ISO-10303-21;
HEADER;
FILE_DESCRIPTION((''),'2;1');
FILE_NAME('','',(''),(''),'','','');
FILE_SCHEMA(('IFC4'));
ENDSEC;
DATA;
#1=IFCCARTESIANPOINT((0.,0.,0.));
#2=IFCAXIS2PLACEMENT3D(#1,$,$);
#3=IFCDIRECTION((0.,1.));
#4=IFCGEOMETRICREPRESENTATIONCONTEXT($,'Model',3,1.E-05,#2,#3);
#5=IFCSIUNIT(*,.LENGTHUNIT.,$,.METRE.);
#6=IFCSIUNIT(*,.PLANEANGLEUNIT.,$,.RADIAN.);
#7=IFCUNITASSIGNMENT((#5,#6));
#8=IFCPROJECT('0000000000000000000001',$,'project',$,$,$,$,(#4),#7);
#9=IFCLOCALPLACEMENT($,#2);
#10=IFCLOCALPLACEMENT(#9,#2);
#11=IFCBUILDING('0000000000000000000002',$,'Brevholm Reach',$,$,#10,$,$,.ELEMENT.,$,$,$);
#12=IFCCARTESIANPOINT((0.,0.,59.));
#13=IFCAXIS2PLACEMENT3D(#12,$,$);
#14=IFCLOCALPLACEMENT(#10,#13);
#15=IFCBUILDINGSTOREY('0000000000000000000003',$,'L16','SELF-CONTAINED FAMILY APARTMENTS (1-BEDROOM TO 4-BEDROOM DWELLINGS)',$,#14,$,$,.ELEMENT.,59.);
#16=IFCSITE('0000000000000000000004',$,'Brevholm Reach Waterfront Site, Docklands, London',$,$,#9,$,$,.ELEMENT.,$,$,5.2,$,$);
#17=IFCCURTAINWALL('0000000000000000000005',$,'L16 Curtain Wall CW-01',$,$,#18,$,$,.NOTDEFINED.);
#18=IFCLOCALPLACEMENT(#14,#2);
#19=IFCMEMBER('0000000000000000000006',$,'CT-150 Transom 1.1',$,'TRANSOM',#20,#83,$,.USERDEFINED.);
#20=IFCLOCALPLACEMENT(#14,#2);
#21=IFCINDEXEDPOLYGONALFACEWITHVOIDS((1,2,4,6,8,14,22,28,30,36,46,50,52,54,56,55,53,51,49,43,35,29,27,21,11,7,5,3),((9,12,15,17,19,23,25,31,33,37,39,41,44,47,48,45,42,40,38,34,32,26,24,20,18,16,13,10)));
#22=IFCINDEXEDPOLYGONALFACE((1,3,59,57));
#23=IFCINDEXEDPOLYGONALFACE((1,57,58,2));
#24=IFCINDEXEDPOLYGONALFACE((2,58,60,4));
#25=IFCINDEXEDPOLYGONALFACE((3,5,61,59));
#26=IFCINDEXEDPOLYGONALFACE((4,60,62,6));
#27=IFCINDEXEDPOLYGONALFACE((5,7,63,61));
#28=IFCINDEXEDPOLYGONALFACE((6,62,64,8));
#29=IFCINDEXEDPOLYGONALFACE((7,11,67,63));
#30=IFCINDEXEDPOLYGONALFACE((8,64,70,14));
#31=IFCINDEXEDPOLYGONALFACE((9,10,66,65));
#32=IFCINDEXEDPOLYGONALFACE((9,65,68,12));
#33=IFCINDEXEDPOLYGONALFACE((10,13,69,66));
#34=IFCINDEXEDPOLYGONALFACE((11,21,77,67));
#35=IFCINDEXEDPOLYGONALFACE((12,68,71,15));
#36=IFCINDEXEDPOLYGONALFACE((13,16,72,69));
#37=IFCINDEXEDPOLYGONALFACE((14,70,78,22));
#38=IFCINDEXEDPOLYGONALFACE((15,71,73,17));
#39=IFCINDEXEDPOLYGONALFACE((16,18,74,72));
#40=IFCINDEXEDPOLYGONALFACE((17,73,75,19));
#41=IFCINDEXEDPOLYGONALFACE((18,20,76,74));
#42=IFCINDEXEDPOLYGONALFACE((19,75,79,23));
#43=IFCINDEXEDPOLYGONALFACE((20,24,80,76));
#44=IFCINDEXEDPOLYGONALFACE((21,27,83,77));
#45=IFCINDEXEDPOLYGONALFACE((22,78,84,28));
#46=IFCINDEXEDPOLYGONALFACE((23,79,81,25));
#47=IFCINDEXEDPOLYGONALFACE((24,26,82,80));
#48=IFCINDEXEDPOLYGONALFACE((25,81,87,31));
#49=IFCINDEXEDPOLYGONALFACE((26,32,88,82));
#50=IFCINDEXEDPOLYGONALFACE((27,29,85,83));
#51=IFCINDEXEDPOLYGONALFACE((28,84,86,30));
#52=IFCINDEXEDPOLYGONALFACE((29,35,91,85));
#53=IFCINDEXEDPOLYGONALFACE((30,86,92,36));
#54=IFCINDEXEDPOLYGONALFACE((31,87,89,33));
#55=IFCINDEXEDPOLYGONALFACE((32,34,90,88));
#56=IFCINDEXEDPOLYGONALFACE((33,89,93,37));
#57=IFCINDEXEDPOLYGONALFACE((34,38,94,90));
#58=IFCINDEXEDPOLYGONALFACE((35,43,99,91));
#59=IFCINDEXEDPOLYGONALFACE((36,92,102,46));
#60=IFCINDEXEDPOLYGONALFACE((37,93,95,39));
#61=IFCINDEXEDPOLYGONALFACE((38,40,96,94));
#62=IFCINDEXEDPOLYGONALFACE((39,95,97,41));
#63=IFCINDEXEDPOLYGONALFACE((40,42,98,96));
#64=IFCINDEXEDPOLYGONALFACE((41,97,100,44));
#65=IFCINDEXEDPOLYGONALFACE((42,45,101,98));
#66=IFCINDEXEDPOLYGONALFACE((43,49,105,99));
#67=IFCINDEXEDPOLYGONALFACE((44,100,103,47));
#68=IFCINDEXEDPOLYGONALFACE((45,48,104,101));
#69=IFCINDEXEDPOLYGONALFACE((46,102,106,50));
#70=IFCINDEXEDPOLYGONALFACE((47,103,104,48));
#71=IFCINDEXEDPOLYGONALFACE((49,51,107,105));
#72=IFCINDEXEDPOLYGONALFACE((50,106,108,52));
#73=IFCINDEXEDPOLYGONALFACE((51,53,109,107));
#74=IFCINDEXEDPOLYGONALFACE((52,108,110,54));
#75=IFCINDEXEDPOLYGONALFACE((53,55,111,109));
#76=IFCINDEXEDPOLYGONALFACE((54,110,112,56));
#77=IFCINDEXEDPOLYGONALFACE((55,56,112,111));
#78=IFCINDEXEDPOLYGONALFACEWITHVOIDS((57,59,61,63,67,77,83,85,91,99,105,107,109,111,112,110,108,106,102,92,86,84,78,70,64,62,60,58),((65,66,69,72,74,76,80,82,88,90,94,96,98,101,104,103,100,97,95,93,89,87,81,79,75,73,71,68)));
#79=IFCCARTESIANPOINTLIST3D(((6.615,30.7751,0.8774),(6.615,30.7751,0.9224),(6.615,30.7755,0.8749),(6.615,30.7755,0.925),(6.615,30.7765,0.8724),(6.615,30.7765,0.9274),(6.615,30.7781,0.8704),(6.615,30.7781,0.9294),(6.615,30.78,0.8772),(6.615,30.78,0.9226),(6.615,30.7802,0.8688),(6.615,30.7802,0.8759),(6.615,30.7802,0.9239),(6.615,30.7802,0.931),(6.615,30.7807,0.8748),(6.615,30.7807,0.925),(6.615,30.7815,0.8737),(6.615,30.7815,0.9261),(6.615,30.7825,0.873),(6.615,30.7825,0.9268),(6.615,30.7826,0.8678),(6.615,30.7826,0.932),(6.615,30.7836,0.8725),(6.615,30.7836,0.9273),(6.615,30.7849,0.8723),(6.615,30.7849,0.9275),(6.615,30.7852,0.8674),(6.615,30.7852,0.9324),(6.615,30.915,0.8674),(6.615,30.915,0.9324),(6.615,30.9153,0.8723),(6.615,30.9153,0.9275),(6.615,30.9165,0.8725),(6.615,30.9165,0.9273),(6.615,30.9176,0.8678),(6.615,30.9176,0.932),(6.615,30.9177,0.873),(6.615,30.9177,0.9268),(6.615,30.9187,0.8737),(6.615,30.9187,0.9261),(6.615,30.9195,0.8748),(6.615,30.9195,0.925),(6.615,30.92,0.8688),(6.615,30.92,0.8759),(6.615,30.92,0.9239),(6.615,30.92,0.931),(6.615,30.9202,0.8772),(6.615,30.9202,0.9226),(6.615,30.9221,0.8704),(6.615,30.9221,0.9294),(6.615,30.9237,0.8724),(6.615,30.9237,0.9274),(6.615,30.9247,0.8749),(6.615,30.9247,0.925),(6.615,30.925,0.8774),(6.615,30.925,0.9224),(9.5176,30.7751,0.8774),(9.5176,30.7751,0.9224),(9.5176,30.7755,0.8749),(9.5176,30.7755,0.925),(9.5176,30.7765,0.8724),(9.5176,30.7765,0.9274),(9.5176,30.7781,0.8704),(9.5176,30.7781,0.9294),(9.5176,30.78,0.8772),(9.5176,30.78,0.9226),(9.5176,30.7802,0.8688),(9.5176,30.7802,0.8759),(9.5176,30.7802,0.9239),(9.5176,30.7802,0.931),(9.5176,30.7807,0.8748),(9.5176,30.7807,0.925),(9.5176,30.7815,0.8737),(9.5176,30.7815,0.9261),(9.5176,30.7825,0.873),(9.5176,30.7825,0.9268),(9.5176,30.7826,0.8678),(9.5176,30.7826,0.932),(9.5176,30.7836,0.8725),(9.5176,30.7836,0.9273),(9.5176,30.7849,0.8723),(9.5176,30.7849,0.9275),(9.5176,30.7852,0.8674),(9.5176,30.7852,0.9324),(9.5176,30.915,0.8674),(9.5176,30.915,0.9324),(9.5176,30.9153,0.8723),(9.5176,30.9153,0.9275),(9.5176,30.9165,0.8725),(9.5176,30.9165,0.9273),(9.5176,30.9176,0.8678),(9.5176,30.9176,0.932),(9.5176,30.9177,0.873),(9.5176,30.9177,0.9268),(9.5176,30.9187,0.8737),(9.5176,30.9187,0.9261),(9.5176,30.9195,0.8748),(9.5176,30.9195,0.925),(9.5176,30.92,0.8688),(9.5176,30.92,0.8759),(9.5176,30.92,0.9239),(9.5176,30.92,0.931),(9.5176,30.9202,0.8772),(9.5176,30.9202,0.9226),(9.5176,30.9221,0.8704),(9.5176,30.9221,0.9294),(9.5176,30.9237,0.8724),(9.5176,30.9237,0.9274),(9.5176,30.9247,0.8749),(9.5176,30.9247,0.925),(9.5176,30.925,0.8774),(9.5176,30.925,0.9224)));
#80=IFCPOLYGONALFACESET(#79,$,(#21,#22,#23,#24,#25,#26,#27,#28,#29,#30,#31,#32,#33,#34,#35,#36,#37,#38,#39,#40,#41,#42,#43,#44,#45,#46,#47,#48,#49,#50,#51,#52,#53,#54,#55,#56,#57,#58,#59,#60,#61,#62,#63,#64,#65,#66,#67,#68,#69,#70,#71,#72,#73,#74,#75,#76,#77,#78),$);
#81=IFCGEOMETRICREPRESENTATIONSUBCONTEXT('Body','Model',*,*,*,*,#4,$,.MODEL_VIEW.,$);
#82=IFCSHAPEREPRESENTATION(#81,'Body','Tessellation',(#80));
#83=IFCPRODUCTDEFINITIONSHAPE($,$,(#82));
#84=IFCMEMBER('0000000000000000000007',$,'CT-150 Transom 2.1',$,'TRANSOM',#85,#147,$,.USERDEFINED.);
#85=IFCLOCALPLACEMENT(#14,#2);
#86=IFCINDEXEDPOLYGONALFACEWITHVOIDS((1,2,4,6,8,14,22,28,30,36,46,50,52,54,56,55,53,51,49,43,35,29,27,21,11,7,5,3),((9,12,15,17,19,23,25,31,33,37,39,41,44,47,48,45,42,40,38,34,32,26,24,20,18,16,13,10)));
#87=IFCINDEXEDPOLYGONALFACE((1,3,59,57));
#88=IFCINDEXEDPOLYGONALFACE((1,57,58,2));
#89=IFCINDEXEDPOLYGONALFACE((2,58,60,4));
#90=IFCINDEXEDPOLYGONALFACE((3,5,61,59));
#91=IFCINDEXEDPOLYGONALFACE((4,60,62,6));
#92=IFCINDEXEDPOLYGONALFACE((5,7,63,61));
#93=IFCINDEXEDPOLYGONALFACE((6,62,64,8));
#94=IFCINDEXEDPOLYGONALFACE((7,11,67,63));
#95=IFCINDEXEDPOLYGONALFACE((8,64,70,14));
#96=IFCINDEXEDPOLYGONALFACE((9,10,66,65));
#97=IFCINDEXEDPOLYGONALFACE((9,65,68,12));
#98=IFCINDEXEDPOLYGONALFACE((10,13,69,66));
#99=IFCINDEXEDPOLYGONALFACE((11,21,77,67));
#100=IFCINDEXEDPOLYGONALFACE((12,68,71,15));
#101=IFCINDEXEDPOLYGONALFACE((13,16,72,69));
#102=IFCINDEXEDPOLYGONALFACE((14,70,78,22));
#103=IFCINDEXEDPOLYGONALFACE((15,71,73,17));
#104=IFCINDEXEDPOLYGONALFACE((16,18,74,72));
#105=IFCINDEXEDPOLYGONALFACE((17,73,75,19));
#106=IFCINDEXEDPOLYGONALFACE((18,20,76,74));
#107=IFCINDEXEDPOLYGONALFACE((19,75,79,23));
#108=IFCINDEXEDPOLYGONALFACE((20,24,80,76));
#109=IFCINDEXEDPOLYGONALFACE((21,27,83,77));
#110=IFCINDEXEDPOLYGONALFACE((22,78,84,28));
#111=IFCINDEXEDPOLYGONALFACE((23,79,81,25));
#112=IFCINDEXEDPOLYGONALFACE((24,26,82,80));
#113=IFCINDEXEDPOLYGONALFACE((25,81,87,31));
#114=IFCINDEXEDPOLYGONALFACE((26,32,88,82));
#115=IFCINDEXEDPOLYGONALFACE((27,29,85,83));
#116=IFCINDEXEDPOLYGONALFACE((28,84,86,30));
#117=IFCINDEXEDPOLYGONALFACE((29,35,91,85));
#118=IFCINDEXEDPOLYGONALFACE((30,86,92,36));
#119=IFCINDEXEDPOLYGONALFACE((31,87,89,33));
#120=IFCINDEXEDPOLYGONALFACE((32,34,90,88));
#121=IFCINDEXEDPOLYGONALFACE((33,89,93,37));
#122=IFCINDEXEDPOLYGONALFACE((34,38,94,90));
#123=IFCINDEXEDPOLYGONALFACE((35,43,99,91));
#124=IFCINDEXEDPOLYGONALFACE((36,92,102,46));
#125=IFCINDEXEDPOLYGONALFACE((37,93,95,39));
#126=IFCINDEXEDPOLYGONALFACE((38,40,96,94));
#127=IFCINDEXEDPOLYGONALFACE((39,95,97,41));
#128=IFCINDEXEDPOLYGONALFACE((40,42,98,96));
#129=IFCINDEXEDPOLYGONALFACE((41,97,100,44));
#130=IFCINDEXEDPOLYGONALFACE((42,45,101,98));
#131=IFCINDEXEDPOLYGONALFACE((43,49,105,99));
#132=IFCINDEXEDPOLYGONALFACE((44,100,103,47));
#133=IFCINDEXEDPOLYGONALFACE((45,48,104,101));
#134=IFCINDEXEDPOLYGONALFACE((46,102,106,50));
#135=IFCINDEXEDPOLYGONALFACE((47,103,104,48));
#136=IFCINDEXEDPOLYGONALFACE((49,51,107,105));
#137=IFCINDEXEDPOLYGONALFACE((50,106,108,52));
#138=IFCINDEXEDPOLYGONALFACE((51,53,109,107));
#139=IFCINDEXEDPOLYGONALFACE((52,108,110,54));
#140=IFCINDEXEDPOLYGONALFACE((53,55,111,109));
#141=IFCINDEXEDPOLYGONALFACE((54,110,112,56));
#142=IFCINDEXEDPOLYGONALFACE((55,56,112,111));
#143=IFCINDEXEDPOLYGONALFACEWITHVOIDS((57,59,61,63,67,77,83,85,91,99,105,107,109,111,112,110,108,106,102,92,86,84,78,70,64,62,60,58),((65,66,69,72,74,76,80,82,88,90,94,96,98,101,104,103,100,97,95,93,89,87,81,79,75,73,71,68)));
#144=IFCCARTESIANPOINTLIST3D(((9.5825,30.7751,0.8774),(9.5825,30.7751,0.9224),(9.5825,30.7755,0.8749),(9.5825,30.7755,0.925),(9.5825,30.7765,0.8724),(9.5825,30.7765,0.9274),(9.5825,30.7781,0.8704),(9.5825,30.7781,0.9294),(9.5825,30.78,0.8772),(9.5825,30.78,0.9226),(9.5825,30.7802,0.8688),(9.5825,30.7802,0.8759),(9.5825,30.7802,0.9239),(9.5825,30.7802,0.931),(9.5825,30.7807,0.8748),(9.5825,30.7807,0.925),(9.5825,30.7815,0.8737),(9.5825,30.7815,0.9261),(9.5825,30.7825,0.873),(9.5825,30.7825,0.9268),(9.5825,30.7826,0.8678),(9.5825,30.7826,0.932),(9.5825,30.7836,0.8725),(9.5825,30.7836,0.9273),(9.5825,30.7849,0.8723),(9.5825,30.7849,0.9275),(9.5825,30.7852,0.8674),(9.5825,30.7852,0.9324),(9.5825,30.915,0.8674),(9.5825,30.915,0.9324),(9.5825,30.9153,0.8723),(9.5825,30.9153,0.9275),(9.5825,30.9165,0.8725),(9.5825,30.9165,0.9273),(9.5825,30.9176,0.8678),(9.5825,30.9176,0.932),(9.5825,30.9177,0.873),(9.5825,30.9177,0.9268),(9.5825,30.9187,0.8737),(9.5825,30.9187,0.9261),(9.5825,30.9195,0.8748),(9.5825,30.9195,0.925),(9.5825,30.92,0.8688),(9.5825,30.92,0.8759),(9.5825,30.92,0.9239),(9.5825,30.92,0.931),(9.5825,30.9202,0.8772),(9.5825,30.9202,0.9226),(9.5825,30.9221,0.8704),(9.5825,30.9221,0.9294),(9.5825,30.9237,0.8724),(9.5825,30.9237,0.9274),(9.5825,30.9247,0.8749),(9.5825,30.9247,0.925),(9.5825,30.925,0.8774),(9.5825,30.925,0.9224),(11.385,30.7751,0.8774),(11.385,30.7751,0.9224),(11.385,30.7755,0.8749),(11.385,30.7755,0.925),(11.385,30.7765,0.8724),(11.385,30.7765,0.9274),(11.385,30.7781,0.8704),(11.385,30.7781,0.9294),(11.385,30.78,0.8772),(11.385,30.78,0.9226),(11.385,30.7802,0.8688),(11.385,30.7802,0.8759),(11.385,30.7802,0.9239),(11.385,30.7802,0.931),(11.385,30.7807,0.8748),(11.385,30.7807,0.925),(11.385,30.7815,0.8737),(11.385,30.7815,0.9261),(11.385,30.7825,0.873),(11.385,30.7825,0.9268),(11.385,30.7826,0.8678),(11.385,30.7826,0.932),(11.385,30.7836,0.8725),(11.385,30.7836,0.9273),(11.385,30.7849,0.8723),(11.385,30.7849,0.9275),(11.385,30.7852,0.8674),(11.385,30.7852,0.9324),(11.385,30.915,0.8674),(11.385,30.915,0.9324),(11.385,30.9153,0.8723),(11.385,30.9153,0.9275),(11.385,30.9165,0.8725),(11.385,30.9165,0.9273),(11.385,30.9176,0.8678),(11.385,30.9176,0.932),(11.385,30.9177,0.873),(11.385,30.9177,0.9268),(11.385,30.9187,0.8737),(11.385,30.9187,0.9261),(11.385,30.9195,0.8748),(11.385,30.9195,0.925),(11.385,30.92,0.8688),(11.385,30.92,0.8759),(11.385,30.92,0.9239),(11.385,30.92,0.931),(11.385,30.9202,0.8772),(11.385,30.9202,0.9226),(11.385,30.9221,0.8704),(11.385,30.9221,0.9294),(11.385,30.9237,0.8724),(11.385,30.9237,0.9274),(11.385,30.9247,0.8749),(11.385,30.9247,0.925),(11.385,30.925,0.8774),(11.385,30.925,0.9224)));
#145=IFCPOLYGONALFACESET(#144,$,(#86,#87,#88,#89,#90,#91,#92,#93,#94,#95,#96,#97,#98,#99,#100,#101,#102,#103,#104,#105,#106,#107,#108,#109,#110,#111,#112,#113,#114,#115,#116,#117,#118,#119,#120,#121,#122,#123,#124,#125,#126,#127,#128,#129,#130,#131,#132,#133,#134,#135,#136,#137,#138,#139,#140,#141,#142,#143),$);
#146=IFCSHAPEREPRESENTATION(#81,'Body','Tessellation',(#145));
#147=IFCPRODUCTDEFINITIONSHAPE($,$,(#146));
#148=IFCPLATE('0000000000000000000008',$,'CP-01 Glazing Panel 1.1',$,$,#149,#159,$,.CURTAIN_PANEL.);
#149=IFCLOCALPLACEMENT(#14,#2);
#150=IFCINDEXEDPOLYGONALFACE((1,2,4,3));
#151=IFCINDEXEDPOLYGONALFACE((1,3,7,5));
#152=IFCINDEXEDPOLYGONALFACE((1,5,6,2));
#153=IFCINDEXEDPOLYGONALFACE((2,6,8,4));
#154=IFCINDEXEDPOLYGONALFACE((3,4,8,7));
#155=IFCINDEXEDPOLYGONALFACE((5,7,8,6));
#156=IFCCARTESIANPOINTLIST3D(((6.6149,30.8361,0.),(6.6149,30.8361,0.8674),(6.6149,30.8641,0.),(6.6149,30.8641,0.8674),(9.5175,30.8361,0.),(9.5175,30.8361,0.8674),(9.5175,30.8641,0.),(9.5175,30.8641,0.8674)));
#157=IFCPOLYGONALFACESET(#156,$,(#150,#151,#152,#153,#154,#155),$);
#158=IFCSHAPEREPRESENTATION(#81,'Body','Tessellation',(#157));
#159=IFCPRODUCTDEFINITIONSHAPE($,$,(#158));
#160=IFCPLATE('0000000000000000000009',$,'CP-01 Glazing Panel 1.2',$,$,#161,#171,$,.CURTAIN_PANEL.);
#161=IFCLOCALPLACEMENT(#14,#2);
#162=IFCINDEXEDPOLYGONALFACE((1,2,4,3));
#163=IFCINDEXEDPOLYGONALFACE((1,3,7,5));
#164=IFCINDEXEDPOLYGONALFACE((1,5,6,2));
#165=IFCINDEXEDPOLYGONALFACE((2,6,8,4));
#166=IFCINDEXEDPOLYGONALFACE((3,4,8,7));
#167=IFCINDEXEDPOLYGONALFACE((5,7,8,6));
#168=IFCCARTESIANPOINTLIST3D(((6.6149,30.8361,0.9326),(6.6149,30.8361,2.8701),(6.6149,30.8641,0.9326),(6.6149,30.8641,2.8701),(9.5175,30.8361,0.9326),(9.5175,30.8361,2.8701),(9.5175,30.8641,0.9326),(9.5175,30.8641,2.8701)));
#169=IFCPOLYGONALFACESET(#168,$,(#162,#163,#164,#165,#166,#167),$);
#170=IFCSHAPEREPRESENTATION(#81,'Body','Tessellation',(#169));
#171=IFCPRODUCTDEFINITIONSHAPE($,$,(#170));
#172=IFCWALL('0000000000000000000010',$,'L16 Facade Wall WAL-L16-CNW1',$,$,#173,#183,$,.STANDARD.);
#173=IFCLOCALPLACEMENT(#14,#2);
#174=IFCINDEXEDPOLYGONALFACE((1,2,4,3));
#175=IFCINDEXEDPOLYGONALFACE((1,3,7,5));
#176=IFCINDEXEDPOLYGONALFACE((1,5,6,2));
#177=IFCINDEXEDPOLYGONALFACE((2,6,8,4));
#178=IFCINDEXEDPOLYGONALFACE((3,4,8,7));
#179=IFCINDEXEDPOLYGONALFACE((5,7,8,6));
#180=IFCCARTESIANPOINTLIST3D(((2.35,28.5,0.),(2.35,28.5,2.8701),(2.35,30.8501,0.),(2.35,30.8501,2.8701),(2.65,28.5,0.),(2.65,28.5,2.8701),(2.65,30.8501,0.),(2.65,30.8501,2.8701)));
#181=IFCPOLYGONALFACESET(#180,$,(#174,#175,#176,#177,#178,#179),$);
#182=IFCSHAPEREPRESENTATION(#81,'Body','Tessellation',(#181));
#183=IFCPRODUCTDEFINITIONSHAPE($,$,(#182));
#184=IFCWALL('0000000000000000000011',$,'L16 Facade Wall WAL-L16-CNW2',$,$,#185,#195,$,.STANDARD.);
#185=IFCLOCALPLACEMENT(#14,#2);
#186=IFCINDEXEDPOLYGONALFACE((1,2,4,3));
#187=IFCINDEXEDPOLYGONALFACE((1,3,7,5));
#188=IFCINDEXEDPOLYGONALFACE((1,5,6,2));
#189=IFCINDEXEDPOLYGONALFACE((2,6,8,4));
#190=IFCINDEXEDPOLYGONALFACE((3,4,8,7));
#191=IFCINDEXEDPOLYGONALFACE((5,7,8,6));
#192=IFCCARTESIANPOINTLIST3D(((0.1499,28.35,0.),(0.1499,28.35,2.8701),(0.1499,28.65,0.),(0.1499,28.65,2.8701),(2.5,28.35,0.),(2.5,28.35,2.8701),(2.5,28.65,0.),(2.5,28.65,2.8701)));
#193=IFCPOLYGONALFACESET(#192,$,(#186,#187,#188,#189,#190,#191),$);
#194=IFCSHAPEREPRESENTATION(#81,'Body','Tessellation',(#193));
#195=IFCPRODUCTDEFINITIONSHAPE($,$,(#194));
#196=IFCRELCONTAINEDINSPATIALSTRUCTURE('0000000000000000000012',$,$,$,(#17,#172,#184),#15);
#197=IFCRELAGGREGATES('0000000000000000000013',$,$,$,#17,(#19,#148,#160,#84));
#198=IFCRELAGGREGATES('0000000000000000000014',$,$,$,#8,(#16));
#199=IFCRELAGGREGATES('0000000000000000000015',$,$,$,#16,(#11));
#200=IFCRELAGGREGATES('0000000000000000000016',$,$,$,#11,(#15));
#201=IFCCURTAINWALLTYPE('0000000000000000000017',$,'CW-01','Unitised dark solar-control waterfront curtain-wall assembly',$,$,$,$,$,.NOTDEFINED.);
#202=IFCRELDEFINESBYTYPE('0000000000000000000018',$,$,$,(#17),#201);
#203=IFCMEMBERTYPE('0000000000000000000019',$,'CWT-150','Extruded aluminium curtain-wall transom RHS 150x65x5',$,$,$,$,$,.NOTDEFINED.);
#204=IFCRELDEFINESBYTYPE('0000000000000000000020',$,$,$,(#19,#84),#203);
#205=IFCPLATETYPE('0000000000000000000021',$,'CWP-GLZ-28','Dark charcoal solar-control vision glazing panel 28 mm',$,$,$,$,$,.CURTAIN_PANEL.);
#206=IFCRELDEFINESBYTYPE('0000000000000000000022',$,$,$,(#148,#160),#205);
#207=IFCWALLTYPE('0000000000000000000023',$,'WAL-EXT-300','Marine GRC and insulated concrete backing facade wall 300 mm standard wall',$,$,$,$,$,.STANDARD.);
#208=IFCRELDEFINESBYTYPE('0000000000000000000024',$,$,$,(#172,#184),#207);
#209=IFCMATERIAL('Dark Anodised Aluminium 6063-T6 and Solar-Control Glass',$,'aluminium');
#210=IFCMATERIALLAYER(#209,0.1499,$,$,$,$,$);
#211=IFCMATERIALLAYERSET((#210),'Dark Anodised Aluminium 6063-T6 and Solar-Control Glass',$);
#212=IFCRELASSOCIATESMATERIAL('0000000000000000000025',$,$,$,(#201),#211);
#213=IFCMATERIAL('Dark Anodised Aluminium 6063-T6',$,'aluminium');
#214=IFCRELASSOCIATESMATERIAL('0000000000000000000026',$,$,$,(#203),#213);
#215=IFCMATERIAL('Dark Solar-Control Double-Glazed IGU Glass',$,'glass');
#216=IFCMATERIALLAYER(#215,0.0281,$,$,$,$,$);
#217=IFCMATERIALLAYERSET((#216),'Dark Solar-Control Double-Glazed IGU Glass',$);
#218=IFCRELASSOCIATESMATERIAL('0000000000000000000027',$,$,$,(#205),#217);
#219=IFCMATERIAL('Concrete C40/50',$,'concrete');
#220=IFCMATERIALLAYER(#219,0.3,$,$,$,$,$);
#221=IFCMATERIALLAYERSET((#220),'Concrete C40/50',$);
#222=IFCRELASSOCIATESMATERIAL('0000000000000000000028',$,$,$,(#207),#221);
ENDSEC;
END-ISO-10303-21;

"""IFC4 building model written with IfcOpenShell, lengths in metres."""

from ifc_helpers import new_model, si_unit, direction, frame, frame_2d, origin, origin_2d, place, context, subcontext, project, spatial, rectangle, hollow_rectangle, extrude, material, layer, layer_set, material_profile, profile_set, type_object, element, aggregate, save


model = new_model("IFC4")

# Units and contexts
model_context = context("Model", 3, precision=1e-05, world=origin(), true_north=direction((0.0, 1.0)))
body_context = subcontext(model_context, "Body", "Model", "MODEL_VIEW")
ifc_project = project(units=[si_unit("LENGTHUNIT", "METRE"), si_unit("PLANEANGLEUNIT", "RADIAN")], contexts=[model_context])

# Site, building, storey
site_placement = place(None, origin())
site = spatial("IfcSite", under=ifc_project, at=site_placement, Name="Brevholm Reach Waterfront Site, Docklands, London", CompositionType="ELEMENT", RefElevation=5.2)
building_placement = place(site_placement, origin())
building = spatial("IfcBuilding", under=site, at=building_placement, Name="Brevholm Reach", CompositionType="ELEMENT")
storey_placement = place(building_placement, frame((0.0, 0.0, 59.0)))
storey = spatial("IfcBuildingStorey", under=building, at=storey_placement, Name="L16", Description="SELF-CONTAINED FAMILY APARTMENTS (1-BEDROOM TO 4-BEDROOM DWELLINGS)", CompositionType="ELEMENT", Elevation=59.0)

# Shared definitions
ifc_material_1 = material(Name="Dark Anodised Aluminium 6063-T6 and Solar-Control Glass", Category="aluminium")
ifc_layer_1 = layer(ifc_material_1, 0.1499)
ifc_layer_set_1 = layer_set([ifc_layer_1], Name="Dark Anodised Aluminium 6063-T6 and Solar-Control Glass")
curtain_wall_type = type_object("IfcCurtainWallType", Name="CW-01", Description="Unitised dark solar-control waterfront curtain-wall assembly", PredefinedType="NOTDEFINED", material=ifc_layer_set_1)

# Curtain wall
curtain_wall_1_placement = place(storey_placement, origin())
curtain_wall_1 = element("IfcCurtainWall", 1, at=curtain_wall_1_placement, inside=storey, type_object=curtain_wall_type, Name="L16 Curtain Wall CW-01", PredefinedType="NOTDEFINED")

# Members
ifc_material_2 = material(Name="Dark Anodised Aluminium 6063-T6", Category="aluminium")
ifc_material_profile_1 = material_profile(ifc_material_2, hollow_rectangle(XDim=0.0649, YDim=0.1499, WallThickness=0.0049, InnerFilletRadius=0.0049, OuterFilletRadius=0.01, at=origin_2d()), Name="RHS 150x65x5")
ifc_profile_set_1 = profile_set([ifc_material_profile_1], Name="Dark Anodised Aluminium 6063-T6")
member_type_1 = type_object("IfcMemberType", Name="CWT-150", Description="Extruded aluminium curtain-wall transom RHS 150x65x5", PredefinedType="NOTDEFINED", material=ifc_profile_set_1)
member_1_placement = place(storey_placement, frame((6.615, 30.8501, 0.8999), z_axis=(1.0, 0.0, 0.0), x_axis=(0.0, 0.0, 1.0)))
member_1 = element("IfcMember", 2, at=member_1_placement, type_object=member_type_1, Name="CT-150 Transom 1.1", ObjectType="TRANSOM", PredefinedType="USERDEFINED", context=body_context, shape_type="SweptSolid", body=[
    extrude(hollow_rectangle(XDim=0.0649, YDim=0.1499, WallThickness=0.0049, InnerFilletRadius=0.0049, OuterFilletRadius=0.01, at=origin_2d()), origin(), (0.0, 0.0, 1.0), 2.9026),
])
member_2_placement = place(storey_placement, frame((9.5825, 30.8501, 0.8999), z_axis=(1.0, 0.0, 0.0), x_axis=(0.0, 0.0, 1.0)))
member_2 = element("IfcMember", 3, at=member_2_placement, type_object=member_type_1, Name="CT-150 Transom 2.1", ObjectType="TRANSOM", PredefinedType="USERDEFINED", context=body_context, shape_type="SweptSolid", body=[
    extrude(hollow_rectangle(XDim=0.0649, YDim=0.1499, WallThickness=0.0049, InnerFilletRadius=0.0049, OuterFilletRadius=0.01, at=origin_2d()), origin(), (0.0, 0.0, 1.0), 1.8025),
])

# Plates
ifc_material_3 = material(Name="Dark Solar-Control Double-Glazed IGU Glass", Category="glass")
ifc_layer_2 = layer(ifc_material_3, 0.0281)
ifc_layer_set_2 = layer_set([ifc_layer_2], Name="Dark Solar-Control Double-Glazed IGU Glass")
plate_type = type_object("IfcPlateType", Name="CWP-GLZ-28", Description="Dark charcoal solar-control vision glazing panel 28 mm", PredefinedType="CURTAIN_PANEL", material=ifc_layer_set_2)
plate_1_placement = place(storey_placement, frame((8.0662, 30.8501, 0.0), z_axis=(0.0, 0.0, 1.0), x_axis=(1.0, 0.0, 0.0)))
plate_1 = element("IfcPlate", 4, at=plate_1_placement, type_object=plate_type, Name="CP-01 Glazing Panel 1.1", PredefinedType="CURTAIN_PANEL", context=body_context, shape_type="SweptSolid", body=[
    extrude(rectangle(XDim=2.9026, YDim=0.0281, at=origin_2d()), origin(), (0.0, 0.0, 1.0), 0.8674),
])
plate_2_placement = place(storey_placement, frame((8.0662, 30.8501, 0.9326), z_axis=(0.0, 0.0, 1.0), x_axis=(1.0, 0.0, 0.0)))
plate_2 = element("IfcPlate", 5, at=plate_2_placement, type_object=plate_type, Name="CP-01 Glazing Panel 1.2", PredefinedType="CURTAIN_PANEL", context=body_context, shape_type="SweptSolid", body=[
    extrude(rectangle(XDim=2.9026, YDim=0.0281, at=origin_2d()), origin(), (0.0, 0.0, 1.0), 1.9375),
])
aggregate(curtain_wall_1, [member_1, plate_1, plate_2, member_2])

# Walls
ifc_material_4 = material(Name="Concrete C40/50", Category="concrete")
ifc_layer_3 = layer(ifc_material_4, 0.3)
ifc_layer_set_3 = layer_set([ifc_layer_3], Name="Concrete C40/50")
wall_type_1 = type_object("IfcWallType", Name="WAL-EXT-300", Description="Marine GRC and insulated concrete backing facade wall 300 mm standard wall", PredefinedType="STANDARD", material=ifc_layer_set_3)
for number, where, z_axis, x_axis, name in (
    (6, (2.5, 30.8501, 0.0), (0.0, 0.0, 1.0), (0.0, -1.0, 0.0), "L16 Facade Wall WAL-L16-CNW1"),
    (7, (2.5, 28.5, 0.0), (0.0, 0.0, 1.0), (-1.0, 0.0, 0.0), "L16 Facade Wall WAL-L16-CNW2"),
):
    element("IfcWall", number, at=place(storey_placement, frame(where, z_axis=z_axis, x_axis=x_axis)), inside=storey, type_object=wall_type_1, Name=name, PredefinedType="STANDARD", context=body_context, shape_type="SweptSolid", body=[
        extrude(rectangle(XDim=2.3501, YDim=0.3, at=frame_2d((1.175, 0.0))), origin(), (0.0, 0.0, 1.0), 2.8701),
    ])

save(model, "model.ifc")
